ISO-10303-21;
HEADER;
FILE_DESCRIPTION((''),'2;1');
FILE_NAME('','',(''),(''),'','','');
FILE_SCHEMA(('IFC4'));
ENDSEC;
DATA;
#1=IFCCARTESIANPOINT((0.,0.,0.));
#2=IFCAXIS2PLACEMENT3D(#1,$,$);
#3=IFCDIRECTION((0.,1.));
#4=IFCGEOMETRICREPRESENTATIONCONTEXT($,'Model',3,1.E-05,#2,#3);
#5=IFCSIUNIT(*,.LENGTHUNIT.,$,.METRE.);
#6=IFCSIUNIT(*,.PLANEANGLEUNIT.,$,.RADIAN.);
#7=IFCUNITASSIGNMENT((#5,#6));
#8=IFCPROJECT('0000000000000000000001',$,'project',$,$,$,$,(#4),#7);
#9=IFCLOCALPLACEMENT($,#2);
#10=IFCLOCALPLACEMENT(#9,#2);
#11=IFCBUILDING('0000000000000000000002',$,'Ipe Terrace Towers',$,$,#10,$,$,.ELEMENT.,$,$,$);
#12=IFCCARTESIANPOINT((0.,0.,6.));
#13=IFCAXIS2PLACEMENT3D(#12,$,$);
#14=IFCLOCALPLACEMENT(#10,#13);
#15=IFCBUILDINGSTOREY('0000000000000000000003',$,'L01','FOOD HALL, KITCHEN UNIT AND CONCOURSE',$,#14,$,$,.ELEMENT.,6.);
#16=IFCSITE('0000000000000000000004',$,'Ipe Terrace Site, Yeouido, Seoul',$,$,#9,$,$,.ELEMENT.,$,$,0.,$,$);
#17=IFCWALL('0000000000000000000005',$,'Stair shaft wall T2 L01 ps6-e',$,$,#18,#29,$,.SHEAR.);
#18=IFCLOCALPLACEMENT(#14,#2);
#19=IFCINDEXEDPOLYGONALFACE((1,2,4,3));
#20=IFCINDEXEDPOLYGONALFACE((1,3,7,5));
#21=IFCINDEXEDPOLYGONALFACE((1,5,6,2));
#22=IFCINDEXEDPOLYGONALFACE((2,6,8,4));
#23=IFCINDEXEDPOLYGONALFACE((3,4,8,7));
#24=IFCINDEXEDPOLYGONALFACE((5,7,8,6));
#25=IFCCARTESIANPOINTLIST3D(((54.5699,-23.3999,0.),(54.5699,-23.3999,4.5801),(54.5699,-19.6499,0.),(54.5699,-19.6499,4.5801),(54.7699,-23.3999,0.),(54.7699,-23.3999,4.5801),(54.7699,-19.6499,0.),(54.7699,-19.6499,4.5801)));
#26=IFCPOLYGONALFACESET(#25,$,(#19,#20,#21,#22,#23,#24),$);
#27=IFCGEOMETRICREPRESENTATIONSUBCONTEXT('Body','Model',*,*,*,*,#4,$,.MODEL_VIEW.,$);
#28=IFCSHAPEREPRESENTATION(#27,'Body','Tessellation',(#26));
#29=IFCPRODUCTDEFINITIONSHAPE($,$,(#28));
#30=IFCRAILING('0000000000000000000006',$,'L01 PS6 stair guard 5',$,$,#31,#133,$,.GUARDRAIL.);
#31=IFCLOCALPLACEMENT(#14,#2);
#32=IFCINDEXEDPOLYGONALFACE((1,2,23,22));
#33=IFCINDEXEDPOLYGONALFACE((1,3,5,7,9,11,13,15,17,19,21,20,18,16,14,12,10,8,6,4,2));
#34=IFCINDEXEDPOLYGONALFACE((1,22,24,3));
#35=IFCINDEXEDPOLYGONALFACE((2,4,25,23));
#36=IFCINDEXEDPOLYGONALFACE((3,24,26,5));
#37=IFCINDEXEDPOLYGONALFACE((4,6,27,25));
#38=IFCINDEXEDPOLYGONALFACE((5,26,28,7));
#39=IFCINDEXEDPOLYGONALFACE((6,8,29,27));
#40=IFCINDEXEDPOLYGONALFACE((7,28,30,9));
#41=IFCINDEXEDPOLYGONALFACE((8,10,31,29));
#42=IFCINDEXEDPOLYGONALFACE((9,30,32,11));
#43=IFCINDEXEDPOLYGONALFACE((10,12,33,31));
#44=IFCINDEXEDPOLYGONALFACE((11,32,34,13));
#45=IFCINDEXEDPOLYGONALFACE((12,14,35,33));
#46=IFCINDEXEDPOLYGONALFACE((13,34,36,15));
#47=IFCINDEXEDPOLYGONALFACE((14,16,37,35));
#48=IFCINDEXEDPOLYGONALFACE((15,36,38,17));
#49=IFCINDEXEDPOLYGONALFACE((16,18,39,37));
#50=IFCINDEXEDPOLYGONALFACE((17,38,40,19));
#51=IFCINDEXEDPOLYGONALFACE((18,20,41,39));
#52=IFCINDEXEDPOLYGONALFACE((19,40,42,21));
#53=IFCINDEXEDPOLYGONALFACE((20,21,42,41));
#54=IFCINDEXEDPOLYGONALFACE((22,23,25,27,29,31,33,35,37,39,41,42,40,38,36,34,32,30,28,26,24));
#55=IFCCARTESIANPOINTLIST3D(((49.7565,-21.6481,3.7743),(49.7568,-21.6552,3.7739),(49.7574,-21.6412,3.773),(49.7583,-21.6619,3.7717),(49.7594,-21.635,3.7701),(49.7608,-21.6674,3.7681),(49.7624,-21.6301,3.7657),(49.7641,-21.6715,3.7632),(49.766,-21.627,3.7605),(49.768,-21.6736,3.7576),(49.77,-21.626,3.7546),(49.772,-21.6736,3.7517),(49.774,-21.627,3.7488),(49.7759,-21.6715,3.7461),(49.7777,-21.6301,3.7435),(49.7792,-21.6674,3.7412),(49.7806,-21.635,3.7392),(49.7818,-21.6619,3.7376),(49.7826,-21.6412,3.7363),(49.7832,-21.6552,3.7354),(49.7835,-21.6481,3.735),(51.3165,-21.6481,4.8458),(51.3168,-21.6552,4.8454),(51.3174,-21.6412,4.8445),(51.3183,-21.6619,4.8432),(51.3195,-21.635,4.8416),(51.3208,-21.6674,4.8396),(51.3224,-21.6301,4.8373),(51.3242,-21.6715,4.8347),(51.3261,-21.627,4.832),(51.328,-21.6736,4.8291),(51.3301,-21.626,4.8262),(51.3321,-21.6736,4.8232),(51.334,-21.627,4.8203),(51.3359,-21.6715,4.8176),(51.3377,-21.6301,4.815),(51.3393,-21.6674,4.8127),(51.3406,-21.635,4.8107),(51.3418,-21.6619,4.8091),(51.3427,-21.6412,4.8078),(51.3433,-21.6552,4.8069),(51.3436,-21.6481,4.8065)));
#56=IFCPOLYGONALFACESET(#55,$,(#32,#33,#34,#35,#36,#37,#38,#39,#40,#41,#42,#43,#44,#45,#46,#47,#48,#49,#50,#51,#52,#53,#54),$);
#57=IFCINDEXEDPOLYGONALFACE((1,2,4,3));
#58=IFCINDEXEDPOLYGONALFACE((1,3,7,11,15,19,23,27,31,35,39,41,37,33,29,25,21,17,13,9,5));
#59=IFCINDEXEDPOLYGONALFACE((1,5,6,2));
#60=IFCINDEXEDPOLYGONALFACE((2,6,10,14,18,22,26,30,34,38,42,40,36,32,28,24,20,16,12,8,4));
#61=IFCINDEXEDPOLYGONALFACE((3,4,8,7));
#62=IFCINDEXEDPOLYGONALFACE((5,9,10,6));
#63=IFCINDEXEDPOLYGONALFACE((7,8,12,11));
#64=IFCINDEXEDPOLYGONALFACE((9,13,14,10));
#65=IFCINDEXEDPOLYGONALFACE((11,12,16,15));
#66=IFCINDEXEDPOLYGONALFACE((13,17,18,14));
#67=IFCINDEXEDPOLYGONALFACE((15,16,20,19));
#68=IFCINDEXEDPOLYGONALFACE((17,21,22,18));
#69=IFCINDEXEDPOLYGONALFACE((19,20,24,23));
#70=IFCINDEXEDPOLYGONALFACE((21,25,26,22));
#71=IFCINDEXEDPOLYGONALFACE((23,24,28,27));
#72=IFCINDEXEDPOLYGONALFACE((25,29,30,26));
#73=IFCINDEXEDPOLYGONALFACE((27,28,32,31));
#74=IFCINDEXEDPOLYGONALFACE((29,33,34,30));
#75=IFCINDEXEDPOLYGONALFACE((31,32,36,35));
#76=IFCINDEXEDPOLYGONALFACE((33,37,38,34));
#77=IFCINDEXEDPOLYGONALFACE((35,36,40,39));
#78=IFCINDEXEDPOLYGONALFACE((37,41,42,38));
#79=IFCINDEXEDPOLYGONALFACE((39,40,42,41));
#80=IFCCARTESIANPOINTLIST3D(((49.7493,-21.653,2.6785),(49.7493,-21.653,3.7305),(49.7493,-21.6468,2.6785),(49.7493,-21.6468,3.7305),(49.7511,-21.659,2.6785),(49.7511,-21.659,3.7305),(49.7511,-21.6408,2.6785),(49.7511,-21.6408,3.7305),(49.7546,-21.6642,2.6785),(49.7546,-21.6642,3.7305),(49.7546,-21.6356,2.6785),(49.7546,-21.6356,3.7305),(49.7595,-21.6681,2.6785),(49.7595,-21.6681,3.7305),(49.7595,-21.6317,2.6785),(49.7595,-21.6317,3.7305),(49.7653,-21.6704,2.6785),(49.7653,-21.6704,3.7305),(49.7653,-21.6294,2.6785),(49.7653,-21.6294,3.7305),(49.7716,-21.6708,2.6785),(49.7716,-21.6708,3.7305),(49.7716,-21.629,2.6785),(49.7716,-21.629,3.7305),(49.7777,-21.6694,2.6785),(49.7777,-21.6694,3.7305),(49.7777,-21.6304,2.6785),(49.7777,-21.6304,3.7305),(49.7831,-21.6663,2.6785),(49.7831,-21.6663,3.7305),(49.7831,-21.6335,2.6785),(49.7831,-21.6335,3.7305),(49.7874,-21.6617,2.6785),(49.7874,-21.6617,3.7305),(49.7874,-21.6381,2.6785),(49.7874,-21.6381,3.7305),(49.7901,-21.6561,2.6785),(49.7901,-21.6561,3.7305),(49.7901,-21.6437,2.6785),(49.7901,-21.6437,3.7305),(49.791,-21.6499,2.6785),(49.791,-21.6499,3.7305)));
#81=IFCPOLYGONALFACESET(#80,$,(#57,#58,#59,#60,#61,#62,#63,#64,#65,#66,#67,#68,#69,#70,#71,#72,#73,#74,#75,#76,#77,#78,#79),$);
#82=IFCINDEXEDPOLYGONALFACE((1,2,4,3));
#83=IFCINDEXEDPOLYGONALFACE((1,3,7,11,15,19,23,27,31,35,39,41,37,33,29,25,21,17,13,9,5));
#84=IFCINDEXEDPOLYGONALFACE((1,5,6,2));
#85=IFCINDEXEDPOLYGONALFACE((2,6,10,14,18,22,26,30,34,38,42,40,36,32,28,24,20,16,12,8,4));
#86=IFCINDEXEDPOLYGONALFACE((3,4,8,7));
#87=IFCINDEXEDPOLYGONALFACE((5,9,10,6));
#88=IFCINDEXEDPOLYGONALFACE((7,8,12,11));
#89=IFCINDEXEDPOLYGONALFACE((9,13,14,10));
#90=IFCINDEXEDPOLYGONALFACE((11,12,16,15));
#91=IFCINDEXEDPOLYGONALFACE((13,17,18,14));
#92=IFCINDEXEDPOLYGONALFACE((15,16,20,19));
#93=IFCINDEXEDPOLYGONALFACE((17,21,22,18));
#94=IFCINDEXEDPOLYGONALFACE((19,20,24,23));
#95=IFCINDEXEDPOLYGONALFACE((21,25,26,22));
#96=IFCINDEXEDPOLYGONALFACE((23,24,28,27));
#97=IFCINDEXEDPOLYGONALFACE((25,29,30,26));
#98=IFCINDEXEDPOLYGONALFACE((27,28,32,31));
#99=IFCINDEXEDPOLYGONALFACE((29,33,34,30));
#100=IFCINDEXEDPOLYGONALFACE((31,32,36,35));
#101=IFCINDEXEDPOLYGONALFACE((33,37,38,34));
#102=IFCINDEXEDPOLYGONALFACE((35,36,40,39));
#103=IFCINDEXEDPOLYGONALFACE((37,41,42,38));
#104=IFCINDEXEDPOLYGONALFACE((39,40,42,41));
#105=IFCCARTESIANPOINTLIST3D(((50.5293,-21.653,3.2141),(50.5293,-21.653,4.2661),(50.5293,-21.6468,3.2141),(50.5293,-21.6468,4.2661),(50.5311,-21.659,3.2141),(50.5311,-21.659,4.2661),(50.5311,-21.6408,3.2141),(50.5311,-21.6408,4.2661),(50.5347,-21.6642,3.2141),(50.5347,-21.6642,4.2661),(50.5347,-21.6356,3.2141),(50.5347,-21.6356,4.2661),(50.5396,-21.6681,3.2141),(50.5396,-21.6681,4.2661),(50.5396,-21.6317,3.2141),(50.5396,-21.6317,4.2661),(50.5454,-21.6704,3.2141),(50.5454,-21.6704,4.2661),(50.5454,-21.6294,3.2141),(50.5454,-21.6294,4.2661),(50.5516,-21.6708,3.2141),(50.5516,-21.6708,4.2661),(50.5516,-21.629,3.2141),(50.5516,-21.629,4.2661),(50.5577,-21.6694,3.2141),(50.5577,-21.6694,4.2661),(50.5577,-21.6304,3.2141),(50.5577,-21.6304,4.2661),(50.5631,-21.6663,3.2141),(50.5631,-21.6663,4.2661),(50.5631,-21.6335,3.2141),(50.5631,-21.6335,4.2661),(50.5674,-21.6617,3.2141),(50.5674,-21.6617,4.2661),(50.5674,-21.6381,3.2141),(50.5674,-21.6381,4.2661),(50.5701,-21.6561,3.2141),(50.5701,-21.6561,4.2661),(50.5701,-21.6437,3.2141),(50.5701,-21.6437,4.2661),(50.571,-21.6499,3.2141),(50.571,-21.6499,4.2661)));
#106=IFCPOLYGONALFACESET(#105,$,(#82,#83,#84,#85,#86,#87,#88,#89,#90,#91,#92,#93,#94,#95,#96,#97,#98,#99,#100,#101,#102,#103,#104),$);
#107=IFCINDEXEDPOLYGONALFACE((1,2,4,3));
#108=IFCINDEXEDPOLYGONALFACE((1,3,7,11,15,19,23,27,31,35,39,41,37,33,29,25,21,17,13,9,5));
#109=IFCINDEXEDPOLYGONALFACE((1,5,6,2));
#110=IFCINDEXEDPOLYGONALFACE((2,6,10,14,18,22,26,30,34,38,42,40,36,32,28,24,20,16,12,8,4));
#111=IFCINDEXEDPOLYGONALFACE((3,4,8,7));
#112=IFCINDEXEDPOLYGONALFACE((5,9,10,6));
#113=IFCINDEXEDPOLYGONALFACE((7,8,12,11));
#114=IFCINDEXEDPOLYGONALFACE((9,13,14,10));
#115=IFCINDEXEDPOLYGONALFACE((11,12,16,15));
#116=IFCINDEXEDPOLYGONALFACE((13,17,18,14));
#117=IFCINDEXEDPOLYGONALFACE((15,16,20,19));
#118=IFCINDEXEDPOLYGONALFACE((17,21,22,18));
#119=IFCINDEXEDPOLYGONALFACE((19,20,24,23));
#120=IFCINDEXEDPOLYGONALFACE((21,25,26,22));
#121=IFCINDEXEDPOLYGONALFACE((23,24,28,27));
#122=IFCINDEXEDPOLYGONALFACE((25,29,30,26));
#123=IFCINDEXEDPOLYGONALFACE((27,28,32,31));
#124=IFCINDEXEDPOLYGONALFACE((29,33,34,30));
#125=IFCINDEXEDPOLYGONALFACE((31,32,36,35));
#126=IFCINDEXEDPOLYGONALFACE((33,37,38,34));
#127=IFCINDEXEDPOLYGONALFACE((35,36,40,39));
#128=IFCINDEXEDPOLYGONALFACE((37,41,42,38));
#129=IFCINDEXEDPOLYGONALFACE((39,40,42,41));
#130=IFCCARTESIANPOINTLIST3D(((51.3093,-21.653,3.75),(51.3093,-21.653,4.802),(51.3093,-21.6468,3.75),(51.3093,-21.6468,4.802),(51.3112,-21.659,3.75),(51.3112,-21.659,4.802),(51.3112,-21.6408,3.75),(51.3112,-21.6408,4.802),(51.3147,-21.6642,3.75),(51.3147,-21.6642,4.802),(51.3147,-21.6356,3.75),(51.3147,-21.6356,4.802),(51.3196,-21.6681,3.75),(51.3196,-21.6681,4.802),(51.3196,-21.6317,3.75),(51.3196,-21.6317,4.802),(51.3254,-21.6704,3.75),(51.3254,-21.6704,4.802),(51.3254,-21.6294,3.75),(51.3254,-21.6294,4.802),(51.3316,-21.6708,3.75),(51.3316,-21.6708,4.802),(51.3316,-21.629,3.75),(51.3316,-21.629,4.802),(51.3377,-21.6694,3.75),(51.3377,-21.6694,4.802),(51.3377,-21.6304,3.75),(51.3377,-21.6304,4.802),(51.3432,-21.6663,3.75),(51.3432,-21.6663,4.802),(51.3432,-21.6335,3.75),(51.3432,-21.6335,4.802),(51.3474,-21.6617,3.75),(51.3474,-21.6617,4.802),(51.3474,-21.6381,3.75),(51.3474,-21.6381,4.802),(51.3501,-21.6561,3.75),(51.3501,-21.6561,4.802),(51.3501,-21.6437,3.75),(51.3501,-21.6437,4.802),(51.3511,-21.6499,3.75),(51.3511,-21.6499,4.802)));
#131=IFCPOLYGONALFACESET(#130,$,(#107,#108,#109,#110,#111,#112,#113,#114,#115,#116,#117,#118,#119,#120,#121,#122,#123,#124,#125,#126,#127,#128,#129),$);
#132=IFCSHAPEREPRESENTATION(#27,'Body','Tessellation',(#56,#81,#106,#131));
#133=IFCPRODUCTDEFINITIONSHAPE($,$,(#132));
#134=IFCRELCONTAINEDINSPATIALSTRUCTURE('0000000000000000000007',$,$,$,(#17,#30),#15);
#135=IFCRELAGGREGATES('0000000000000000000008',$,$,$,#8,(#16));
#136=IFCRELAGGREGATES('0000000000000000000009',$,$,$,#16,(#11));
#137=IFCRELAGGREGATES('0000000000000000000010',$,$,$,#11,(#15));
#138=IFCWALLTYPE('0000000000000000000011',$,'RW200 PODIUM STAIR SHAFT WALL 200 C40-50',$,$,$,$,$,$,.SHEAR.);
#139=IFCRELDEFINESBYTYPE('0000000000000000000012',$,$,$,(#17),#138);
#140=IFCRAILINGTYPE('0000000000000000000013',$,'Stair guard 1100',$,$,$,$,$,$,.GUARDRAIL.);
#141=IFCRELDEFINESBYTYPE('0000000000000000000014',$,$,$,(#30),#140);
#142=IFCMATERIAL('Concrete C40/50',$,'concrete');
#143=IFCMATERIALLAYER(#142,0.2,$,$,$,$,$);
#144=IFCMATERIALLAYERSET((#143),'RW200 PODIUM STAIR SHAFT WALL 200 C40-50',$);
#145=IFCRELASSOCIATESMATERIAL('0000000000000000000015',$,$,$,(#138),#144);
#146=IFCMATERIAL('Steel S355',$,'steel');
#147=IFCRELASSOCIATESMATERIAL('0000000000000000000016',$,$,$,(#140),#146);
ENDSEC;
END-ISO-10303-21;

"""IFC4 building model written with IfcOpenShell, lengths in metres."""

from ifc_helpers import new_model, si_unit, direction, frame, frame_2d, origin, origin_2d, place, context, subcontext, project, spatial, rectangle, circle, extrude, material, layer, layer_set, type_object, element, save


model = new_model("IFC4")

# Units and contexts
model_context = context("Model", 3, precision=1e-05, world=origin(), true_north=direction((0.0, 1.0)))
body_context = subcontext(model_context, "Body", "Model", "MODEL_VIEW")
ifc_project = project(units=[si_unit("LENGTHUNIT", "METRE"), si_unit("PLANEANGLEUNIT", "RADIAN")], contexts=[model_context])

# Site, building, storey
site_placement = place(None, origin())
site = spatial("IfcSite", under=ifc_project, at=site_placement, Name="Ipe Terrace Site, Yeouido, Seoul", CompositionType="ELEMENT", RefElevation=0.0)
building_placement = place(site_placement, origin())
building = spatial("IfcBuilding", under=site, at=building_placement, Name="Ipe Terrace Towers", CompositionType="ELEMENT")
storey_placement = place(building_placement, frame((0.0, 0.0, 6.0)))
storey = spatial("IfcBuildingStorey", under=building, at=storey_placement, Name="L01", Description="FOOD HALL, KITCHEN UNIT AND CONCOURSE", CompositionType="ELEMENT", Elevation=6.0)

# Wall
ifc_material_1 = material(Name="Concrete C40/50", Category="concrete")
ifc_layer_1 = layer(ifc_material_1, 0.2)
ifc_layer_set_1 = layer_set([ifc_layer_1], Name="RW200 PODIUM STAIR SHAFT WALL 200 C40-50")
wall_type_1 = type_object("IfcWallType", Name="RW200 PODIUM STAIR SHAFT WALL 200 C40-50", PredefinedType="SHEAR", material=ifc_layer_set_1)
wall_1_placement = place(storey_placement, frame((54.6699, -23.3999, 0.0), z_axis=(0.0, 0.0, 1.0), x_axis=(0.0, 1.0, 0.0)))
element("IfcWall", 1, at=wall_1_placement, inside=storey, type_object=wall_type_1, Name="Stair shaft wall T2 L01 ps6-e", PredefinedType="SHEAR", context=body_context, shape_type="SweptSolid", body=[
    extrude(rectangle(XDim=3.75, YDim=0.2, at=frame_2d((1.875, 0.0))), origin(), (0.0, 0.0, 1.0), 4.5801),
])

# Railing
ifc_material_2 = material(Name="Steel S355", Category="steel")
railing_type_1 = type_object("IfcRailingType", Name="Stair guard 1100", PredefinedType="GUARDRAIL", material=ifc_material_2)
railing_1_placement = place(storey_placement, frame((49.77, -21.6499, 2.6785)))
element("IfcRailing", 2, at=railing_1_placement, inside=storey, type_object=railing_type_1, Name="L01 PS6 stair guard 5", PredefinedType="GUARDRAIL", context=body_context, shape_type="SweptSolid", body=[
    extrude(circle(Radius=0.0239, at=origin_2d()), frame((0.0, 0.0, 1.0762), z_axis=(0.82429, 0.0, 0.566167), x_axis=(0.0, 1.0, 0.0)), (0.0, 0.0, 1.0), 1.8926),
    extrude(circle(Radius=0.021, at=origin_2d()), origin(), (0.0, 0.0, 1.0), 1.052),
    extrude(circle(Radius=0.021, at=origin_2d()), frame((0.78, 0.0, 0.5356)), (0.0, 0.0, 1.0), 1.052),
    extrude(circle(Radius=0.021, at=origin_2d()), frame((1.5601, 0.0, 1.0715)), (0.0, 0.0, 1.0), 1.052),
])

save(model, "model.ifc")
